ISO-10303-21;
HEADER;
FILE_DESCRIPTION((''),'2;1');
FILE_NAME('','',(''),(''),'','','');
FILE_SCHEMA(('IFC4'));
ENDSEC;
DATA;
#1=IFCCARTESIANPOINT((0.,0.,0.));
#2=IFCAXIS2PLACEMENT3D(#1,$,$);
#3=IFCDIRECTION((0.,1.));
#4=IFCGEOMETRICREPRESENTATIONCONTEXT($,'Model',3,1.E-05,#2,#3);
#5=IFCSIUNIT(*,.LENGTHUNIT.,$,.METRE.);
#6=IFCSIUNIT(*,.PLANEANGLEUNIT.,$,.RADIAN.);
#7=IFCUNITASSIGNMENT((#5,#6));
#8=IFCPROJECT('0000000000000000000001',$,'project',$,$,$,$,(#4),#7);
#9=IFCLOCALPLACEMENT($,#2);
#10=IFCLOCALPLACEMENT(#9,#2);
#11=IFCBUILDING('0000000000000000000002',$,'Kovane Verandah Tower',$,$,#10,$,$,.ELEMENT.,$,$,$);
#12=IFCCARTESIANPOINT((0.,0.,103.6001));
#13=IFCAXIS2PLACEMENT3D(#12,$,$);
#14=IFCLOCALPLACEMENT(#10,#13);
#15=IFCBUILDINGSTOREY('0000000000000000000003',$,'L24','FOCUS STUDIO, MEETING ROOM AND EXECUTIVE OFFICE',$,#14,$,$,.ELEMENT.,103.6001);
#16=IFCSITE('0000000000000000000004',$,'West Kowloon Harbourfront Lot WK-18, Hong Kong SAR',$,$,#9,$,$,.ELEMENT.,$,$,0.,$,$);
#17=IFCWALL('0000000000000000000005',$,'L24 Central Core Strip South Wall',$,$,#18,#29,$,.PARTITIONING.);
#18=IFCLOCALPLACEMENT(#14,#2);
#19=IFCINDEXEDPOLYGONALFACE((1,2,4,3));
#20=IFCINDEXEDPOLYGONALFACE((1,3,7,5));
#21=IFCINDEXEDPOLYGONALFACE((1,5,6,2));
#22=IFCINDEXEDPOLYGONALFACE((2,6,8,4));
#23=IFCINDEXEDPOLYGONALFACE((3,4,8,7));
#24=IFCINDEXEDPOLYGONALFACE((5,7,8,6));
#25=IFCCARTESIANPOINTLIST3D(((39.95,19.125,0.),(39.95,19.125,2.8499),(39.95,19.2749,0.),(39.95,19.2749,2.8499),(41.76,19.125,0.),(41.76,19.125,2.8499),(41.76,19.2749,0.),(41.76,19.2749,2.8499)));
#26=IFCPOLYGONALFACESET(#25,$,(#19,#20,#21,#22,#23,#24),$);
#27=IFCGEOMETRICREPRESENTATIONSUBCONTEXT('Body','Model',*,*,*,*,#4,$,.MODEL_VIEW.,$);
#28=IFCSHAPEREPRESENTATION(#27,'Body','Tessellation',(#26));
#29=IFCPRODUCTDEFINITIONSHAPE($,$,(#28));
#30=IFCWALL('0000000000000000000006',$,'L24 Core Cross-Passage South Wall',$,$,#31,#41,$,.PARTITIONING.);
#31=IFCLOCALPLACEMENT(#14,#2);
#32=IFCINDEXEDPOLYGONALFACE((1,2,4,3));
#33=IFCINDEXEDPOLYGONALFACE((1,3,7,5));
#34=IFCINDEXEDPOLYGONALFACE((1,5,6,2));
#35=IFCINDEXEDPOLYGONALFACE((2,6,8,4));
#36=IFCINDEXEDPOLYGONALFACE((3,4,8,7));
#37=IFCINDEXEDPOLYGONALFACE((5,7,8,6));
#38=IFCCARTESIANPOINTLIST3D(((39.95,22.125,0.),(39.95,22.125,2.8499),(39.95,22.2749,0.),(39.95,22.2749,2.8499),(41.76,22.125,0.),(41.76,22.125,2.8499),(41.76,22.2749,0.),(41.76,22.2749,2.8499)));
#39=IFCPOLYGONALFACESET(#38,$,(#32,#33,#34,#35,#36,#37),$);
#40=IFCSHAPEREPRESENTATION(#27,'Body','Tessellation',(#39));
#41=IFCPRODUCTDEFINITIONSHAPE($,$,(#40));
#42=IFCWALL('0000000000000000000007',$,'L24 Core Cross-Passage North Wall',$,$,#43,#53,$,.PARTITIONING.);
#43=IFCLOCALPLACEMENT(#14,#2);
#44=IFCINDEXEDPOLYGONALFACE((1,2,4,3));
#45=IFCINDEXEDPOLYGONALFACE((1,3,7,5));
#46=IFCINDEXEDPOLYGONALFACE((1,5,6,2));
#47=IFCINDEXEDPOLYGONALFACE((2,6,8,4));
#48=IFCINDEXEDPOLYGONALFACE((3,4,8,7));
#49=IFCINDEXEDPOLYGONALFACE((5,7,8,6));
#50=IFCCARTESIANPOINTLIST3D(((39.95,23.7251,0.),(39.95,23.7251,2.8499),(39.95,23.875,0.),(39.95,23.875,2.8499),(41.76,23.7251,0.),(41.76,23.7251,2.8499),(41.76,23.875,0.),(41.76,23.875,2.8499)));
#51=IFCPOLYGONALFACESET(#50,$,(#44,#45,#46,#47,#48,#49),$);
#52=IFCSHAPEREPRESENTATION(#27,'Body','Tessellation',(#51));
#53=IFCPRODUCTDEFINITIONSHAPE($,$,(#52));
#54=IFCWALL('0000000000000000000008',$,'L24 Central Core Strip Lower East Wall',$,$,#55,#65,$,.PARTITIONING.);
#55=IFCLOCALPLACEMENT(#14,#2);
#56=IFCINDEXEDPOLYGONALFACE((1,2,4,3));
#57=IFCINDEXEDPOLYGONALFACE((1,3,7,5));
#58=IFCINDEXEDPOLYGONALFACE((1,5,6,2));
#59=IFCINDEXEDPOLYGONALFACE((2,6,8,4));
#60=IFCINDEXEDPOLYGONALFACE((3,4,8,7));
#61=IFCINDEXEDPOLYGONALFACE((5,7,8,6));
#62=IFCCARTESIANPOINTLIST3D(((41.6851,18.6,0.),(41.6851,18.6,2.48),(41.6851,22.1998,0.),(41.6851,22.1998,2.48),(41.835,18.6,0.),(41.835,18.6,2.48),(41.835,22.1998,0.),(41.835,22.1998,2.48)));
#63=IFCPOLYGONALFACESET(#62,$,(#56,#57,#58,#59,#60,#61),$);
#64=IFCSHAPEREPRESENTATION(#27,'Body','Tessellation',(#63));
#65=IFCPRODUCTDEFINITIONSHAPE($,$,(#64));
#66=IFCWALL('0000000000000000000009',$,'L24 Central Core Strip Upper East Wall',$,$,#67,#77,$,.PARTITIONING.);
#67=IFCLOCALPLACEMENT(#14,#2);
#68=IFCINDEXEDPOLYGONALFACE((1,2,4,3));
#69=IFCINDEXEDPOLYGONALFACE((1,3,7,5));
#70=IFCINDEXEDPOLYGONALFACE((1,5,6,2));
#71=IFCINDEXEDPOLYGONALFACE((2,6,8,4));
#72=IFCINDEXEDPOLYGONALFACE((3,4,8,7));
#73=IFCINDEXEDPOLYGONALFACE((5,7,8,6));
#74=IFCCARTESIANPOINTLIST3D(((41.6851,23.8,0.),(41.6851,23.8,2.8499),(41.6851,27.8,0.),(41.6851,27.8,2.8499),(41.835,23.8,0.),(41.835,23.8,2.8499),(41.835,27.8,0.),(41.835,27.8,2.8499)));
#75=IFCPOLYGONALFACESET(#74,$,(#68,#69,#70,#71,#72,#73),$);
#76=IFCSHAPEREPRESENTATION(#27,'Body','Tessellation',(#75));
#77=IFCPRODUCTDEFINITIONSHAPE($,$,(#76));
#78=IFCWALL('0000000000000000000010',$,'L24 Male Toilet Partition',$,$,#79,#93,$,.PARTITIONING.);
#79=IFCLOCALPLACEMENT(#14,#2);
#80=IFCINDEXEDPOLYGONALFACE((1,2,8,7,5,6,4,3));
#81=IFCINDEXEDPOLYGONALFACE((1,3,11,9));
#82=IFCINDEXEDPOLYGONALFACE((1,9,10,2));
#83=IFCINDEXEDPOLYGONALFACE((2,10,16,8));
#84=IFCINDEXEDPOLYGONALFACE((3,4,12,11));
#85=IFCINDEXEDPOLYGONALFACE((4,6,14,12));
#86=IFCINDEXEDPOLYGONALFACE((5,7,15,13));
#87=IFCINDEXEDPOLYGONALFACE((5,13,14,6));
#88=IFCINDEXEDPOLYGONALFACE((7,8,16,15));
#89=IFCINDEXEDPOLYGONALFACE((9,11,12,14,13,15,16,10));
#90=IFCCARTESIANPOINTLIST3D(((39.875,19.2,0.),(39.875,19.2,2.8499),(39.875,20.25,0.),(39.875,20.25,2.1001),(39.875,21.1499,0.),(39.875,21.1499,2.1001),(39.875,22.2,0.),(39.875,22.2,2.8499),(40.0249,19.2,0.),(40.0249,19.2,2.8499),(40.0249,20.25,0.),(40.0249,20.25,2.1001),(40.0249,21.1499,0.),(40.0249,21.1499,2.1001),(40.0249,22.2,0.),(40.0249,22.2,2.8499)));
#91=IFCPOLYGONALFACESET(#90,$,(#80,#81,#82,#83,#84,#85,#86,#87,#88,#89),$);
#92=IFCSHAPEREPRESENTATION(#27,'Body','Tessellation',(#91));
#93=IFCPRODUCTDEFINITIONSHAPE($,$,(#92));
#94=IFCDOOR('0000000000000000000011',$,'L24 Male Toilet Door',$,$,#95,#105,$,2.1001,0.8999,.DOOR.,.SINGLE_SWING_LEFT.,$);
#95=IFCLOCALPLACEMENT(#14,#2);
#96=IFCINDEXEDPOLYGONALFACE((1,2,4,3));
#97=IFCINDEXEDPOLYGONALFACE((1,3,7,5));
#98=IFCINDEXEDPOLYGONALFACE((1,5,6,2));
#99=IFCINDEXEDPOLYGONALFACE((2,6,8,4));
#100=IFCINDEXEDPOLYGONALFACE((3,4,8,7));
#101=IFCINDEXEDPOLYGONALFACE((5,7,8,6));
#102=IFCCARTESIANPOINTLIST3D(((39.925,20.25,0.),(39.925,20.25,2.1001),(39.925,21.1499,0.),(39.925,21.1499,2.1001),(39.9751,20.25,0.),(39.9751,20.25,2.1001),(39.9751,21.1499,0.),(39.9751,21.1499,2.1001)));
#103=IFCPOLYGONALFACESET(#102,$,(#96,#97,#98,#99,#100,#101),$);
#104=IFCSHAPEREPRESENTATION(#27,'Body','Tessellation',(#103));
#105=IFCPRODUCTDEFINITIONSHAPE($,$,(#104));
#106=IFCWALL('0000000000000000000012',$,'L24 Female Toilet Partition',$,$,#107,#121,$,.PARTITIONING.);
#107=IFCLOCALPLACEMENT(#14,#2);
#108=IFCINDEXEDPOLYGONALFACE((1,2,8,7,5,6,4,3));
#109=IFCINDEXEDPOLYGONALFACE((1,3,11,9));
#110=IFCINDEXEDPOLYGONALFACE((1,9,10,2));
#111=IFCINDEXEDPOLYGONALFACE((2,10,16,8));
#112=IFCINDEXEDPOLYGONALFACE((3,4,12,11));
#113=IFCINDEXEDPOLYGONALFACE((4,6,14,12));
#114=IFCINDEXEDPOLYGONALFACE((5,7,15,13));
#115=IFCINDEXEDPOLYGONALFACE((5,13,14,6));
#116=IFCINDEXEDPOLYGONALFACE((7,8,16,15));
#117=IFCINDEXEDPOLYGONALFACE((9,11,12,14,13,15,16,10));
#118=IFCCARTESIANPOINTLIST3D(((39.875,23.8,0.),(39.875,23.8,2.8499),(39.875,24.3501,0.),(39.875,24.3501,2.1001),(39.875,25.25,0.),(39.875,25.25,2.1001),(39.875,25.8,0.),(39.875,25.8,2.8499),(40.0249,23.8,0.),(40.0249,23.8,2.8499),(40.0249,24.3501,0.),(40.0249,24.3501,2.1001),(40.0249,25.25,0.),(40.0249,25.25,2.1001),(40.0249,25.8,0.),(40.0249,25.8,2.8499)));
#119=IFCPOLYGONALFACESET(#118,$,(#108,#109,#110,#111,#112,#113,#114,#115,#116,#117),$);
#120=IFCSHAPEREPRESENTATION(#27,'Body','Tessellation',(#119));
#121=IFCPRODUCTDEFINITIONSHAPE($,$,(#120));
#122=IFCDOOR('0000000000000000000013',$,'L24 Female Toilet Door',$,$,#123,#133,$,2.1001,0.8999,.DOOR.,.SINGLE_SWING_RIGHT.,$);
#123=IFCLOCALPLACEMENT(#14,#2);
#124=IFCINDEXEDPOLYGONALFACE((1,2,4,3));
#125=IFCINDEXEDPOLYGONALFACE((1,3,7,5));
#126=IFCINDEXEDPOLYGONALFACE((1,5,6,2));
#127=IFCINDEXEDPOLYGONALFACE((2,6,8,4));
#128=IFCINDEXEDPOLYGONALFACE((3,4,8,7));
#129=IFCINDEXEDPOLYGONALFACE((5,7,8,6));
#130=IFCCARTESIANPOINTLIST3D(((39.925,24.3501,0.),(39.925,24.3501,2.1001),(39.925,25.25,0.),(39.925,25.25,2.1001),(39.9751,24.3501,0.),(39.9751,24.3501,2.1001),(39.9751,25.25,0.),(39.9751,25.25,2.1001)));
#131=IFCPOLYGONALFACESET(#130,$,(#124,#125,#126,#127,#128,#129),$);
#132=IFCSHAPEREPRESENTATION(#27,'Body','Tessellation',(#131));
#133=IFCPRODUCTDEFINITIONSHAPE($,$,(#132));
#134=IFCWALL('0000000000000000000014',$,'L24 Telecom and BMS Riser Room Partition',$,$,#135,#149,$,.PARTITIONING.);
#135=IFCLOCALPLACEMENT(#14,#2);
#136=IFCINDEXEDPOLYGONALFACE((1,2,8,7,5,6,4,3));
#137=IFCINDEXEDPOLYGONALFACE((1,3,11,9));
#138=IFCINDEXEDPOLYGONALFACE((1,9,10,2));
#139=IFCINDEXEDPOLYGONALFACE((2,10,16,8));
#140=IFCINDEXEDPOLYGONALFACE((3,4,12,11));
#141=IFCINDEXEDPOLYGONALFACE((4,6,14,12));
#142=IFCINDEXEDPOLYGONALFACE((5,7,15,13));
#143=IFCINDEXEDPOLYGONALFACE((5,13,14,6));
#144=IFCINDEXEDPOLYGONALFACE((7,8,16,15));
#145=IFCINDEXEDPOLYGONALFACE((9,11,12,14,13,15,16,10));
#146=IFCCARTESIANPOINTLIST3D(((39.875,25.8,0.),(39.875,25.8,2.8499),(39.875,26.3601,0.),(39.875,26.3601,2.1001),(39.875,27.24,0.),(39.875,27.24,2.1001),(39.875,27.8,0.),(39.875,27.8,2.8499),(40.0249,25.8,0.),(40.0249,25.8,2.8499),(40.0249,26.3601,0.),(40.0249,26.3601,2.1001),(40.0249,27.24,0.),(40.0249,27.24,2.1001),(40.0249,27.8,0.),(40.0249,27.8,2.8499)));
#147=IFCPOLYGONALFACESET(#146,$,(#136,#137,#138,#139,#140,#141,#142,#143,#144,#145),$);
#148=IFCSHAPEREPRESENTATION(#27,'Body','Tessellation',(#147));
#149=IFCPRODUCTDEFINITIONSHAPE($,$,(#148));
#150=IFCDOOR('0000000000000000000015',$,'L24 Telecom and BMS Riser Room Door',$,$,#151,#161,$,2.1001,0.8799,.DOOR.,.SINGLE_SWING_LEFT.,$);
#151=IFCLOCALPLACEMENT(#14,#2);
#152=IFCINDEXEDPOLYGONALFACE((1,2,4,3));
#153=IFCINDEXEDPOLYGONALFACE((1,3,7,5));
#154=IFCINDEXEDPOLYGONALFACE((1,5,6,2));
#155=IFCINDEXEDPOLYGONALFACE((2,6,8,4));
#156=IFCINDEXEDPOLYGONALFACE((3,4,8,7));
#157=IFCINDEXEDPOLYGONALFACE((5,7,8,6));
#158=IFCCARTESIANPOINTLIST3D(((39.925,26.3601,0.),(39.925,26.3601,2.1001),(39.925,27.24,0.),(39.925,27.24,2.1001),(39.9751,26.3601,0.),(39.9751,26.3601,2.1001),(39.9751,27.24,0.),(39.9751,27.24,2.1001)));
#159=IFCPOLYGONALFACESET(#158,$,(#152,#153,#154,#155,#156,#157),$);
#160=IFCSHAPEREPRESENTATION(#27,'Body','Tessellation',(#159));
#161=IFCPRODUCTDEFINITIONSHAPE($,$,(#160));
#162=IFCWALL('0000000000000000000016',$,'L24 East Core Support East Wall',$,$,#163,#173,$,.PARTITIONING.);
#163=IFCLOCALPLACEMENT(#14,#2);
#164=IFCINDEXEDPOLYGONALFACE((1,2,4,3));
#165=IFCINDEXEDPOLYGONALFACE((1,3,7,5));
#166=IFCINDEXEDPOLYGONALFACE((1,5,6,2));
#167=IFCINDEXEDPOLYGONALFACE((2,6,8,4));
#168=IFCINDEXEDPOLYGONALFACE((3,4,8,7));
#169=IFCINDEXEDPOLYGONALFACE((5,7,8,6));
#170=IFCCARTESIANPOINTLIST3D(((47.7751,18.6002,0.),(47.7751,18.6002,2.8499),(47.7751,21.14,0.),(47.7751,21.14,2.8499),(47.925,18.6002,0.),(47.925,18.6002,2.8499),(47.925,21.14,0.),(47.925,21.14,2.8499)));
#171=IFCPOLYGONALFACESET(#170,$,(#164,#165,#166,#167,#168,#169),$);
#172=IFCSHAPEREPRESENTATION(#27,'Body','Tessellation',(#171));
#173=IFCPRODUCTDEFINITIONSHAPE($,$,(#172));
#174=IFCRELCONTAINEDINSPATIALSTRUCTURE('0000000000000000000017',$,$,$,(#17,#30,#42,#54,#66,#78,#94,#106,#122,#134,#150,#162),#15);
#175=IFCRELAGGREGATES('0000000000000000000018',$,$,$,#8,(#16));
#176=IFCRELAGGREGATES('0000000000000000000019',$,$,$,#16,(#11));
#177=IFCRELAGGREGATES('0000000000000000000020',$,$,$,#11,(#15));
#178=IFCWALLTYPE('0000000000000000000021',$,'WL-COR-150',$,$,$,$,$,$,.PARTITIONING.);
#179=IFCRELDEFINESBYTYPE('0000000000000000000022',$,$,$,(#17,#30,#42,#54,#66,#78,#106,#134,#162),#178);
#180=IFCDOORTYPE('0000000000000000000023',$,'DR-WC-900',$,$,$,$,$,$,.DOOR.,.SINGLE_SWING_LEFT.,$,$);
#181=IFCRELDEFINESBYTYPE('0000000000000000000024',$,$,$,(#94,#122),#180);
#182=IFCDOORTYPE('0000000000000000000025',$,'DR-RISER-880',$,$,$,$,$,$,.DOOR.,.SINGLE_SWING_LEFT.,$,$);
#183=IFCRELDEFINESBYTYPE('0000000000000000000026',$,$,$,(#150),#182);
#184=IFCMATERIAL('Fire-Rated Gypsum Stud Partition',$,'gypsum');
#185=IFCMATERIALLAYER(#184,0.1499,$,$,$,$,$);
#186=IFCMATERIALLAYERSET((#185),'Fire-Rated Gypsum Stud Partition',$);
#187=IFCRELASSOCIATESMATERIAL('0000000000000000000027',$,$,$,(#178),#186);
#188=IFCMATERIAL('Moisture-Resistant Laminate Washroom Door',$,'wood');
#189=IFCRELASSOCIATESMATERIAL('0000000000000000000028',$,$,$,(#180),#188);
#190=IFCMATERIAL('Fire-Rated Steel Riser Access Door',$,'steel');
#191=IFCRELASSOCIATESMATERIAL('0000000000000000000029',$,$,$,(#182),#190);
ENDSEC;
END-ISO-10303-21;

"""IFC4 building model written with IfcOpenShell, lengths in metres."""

from ifc_helpers import new_model, si_unit, direction, frame, frame_2d, origin, place, context, subcontext, project, spatial, rectangle, extrude, material, layer, layer_set, type_object, element, fill, save


model = new_model("IFC4")

# Units and contexts
model_context = context("Model", 3, precision=1e-05, world=origin(), true_north=direction((0.0, 1.0)))
body_context = subcontext(model_context, "Body", "Model", "MODEL_VIEW")
ifc_project = project(units=[si_unit("LENGTHUNIT", "METRE"), si_unit("PLANEANGLEUNIT", "RADIAN")], contexts=[model_context])

# Site, building, storey
site_placement = place(None, origin())
site = spatial("IfcSite", under=ifc_project, at=site_placement, Name="West Kowloon Harbourfront Lot WK-18, Hong Kong SAR", CompositionType="ELEMENT", RefElevation=0.0)
building_placement = place(site_placement, origin())
building = spatial("IfcBuilding", under=site, at=building_placement, Name="Kovane Verandah Tower", CompositionType="ELEMENT")
storey_placement = place(building_placement, frame((0.0, 0.0, 103.6001)))
storey = spatial("IfcBuildingStorey", under=building, at=storey_placement, Name="L24", Description="FOCUS STUDIO, MEETING ROOM AND EXECUTIVE OFFICE", CompositionType="ELEMENT", Elevation=103.6001)

# Walls
ifc_material_1 = material(Name="Fire-Rated Gypsum Stud Partition", Category="gypsum")
ifc_layer_1 = layer(ifc_material_1, 0.1499)
ifc_layer_set_1 = layer_set([ifc_layer_1], Name="Fire-Rated Gypsum Stud Partition")
wall_type_1 = type_object("IfcWallType", Name="WL-COR-150", PredefinedType="PARTITIONING", material=ifc_layer_set_1)
for number, where, z_axis, x_axis, name in (
    (1, (39.95, 19.2, 0.0), (0.0, 0.0, 1.0), (1.0, 0.0, 0.0), "L24 Central Core Strip South Wall"),
    (2, (39.95, 22.2, 0.0), (0.0, 0.0, 1.0), (1.0, 0.0, 0.0), "L24 Core Cross-Passage South Wall"),
    (3, (39.95, 23.8, 0.0), (0.0, 0.0, 1.0), (1.0, 0.0, 0.0), "L24 Core Cross-Passage North Wall"),
):
    element("IfcWall", number, at=place(storey_placement, frame(where, z_axis=z_axis, x_axis=x_axis)), inside=storey, type_object=wall_type_1, Name=name, PredefinedType="PARTITIONING", context=body_context, shape_type="SweptSolid", body=[
        extrude(rectangle(XDim=1.8101, YDim=0.1499, at=frame_2d((0.905, 0.0))), origin(), (0.0, 0.0, 1.0), 2.8499),
    ])
wall_1_placement = place(storey_placement, frame((41.76, 18.6001, 0.0), z_axis=(0.0, 0.0, 1.0), x_axis=(0.0, 1.0, 0.0)))
element("IfcWall", 4, at=wall_1_placement, inside=storey, type_object=wall_type_1, Name="L24 Central Core Strip Lower East Wall", PredefinedType="PARTITIONING", context=body_context, shape_type="SweptSolid", body=[
    extrude(rectangle(XDim=3.5999, YDim=0.1499, at=frame_2d((1.7998, 0.0))), origin(), (0.0, 0.0, 1.0), 2.48),
])
wall_2_placement = place(storey_placement, frame((41.76, 23.8, 0.0), z_axis=(0.0, 0.0, 1.0), x_axis=(0.0, 1.0, 0.0)))
element("IfcWall", 5, at=wall_2_placement, inside=storey, type_object=wall_type_1, Name="L24 Central Core Strip Upper East Wall", PredefinedType="PARTITIONING", context=body_context, shape_type="SweptSolid", body=[
    extrude(rectangle(XDim=4.0, YDim=0.1499, at=frame_2d((2.0, 0.0))), origin(), (0.0, 0.0, 1.0), 2.8499),
])

# Walls, openings, doors
wall_3_placement = place(storey_placement, frame((39.95, 19.2, 0.0), z_axis=(0.0, 0.0, 1.0), x_axis=(0.0, 1.0, 0.0)))
wall_3 = element("IfcWall", 6, at=wall_3_placement, inside=storey, type_object=wall_type_1, Name="L24 Male Toilet Partition", PredefinedType="PARTITIONING", context=body_context, shape_type="SweptSolid", body=[
    extrude(rectangle(XDim=3.0, YDim=0.1499, at=frame_2d((1.5, 0.0))), origin(), (0.0, 0.0, 1.0), 2.8499),
])
opening_1_placement = place(wall_3_placement, frame((1.05, 0.0, 0.0)))
opening_1 = element("IfcOpeningElement", 7, at=opening_1_placement, cuts=wall_3, PredefinedType="OPENING", context=body_context, shape_type="SweptSolid", body=[
    extrude(rectangle(XDim=0.8999, YDim=2.1001, at=frame_2d((0.45, 1.05))), frame((0.0, 0.075, 0.0), z_axis=(0.0, -1.0, 0.0), x_axis=(1.0, 0.0, 0.0)), (0.0, 0.0, 1.0), 0.1499),
])
ifc_material_2 = material(Name="Moisture-Resistant Laminate Washroom Door", Category="wood")
door_type_1 = type_object("IfcDoorType", Name="DR-WC-900", OperationType="SINGLE_SWING_LEFT", PredefinedType="DOOR", material=ifc_material_2)
door_1_placement = place(opening_1_placement, origin())
door_1 = element("IfcDoor", 8, at=door_1_placement, inside=storey, type_object=door_type_1, Name="L24 Male Toilet Door", OperationType="SINGLE_SWING_LEFT", OverallHeight=2.1001, OverallWidth=0.8999, PredefinedType="DOOR", context=body_context, shape_type="SweptSolid", body=[
    extrude(rectangle(XDim=0.8999, YDim=2.1001, at=frame_2d((0.45, 1.05))), frame((0.0, 0.0249, 0.0), z_axis=(0.0, -1.0, 0.0), x_axis=(1.0, 0.0, 0.0)), (0.0, 0.0, 1.0), 0.05),
])
fill(opening_1, door_1)
wall_4_placement = place(storey_placement, frame((39.95, 23.8, 0.0), z_axis=(0.0, 0.0, 1.0), x_axis=(0.0, 1.0, 0.0)))
wall_4 = element("IfcWall", 9, at=wall_4_placement, inside=storey, type_object=wall_type_1, Name="L24 Female Toilet Partition", PredefinedType="PARTITIONING", context=body_context, shape_type="SweptSolid", body=[
    extrude(rectangle(XDim=2.0, YDim=0.1499, at=frame_2d((1.0, 0.0))), origin(), (0.0, 0.0, 1.0), 2.8499),
])
opening_2_placement = place(wall_4_placement, frame((0.55, 0.0, 0.0)))
opening_2 = element("IfcOpeningElement", 10, at=opening_2_placement, cuts=wall_4, PredefinedType="OPENING", context=body_context, shape_type="SweptSolid", body=[
    extrude(rectangle(XDim=0.8999, YDim=2.1001, at=frame_2d((0.45, 1.05))), frame((0.0, 0.075, 0.0), z_axis=(0.0, -1.0, 0.0), x_axis=(1.0, 0.0, 0.0)), (0.0, 0.0, 1.0), 0.1499),
])
door_2_placement = place(opening_2_placement, origin())
door_2 = element("IfcDoor", 11, at=door_2_placement, inside=storey, type_object=door_type_1, Name="L24 Female Toilet Door", OperationType="SINGLE_SWING_RIGHT", OverallHeight=2.1001, OverallWidth=0.8999, PredefinedType="DOOR", context=body_context, shape_type="SweptSolid", body=[
    extrude(rectangle(XDim=0.8999, YDim=2.1001, at=frame_2d((0.45, 1.05))), frame((0.0, 0.0249, 0.0), z_axis=(0.0, -1.0, 0.0), x_axis=(1.0, 0.0, 0.0)), (0.0, 0.0, 1.0), 0.05),
])
fill(opening_2, door_2)
wall_5_placement = place(storey_placement, frame((39.95, 25.8, 0.0), z_axis=(0.0, 0.0, 1.0), x_axis=(0.0, 1.0, 0.0)))
wall_5 = element("IfcWall", 12, at=wall_5_placement, inside=storey, type_object=wall_type_1, Name="L24 Telecom and BMS Riser Room Partition", PredefinedType="PARTITIONING", context=body_context, shape_type="SweptSolid", body=[
    extrude(rectangle(XDim=2.0, YDim=0.1499, at=frame_2d((1.0, 0.0))), origin(), (0.0, 0.0, 1.0), 2.8499),
])
opening_3_placement = place(wall_5_placement, frame((0.5601, 0.0, 0.0)))
opening_3 = element("IfcOpeningElement", 13, at=opening_3_placement, cuts=wall_5, PredefinedType="OPENING", context=body_context, shape_type="SweptSolid", body=[
    extrude(rectangle(XDim=0.8799, YDim=2.1001, at=frame_2d((0.4399, 1.05))), frame((0.0, 0.075, 0.0), z_axis=(0.0, -1.0, 0.0), x_axis=(1.0, 0.0, 0.0)), (0.0, 0.0, 1.0), 0.1499),
])
ifc_material_3 = material(Name="Fire-Rated Steel Riser Access Door", Category="steel")
door_type_2 = type_object("IfcDoorType", Name="DR-RISER-880", OperationType="SINGLE_SWING_LEFT", PredefinedType="DOOR", material=ifc_material_3)
door_3_placement = place(opening_3_placement, origin())
door_3 = element("IfcDoor", 14, at=door_3_placement, inside=storey, type_object=door_type_2, Name="L24 Telecom and BMS Riser Room Door", OperationType="SINGLE_SWING_LEFT", OverallHeight=2.1001, OverallWidth=0.8799, PredefinedType="DOOR", context=body_context, shape_type="SweptSolid", body=[
    extrude(rectangle(XDim=0.8799, YDim=2.1001, at=frame_2d((0.4399, 1.05))), frame((0.0, 0.0249, 0.0), z_axis=(0.0, -1.0, 0.0), x_axis=(1.0, 0.0, 0.0)), (0.0, 0.0, 1.0), 0.05),
])
fill(opening_3, door_3)

# Wall
wall_6_placement = place(storey_placement, frame((47.8501, 18.6001, 0.0), z_axis=(0.0, 0.0, 1.0), x_axis=(0.0, 1.0, 0.0)))
element("IfcWall", 15, at=wall_6_placement, inside=storey, type_object=wall_type_1, Name="L24 East Core Support East Wall", PredefinedType="PARTITIONING", context=body_context, shape_type="SweptSolid", body=[
    extrude(rectangle(XDim=2.5398, YDim=0.1499, at=frame_2d((1.27, 0.0))), origin(), (0.0, 0.0, 1.0), 2.8499),
])

save(model, "model.ifc")
